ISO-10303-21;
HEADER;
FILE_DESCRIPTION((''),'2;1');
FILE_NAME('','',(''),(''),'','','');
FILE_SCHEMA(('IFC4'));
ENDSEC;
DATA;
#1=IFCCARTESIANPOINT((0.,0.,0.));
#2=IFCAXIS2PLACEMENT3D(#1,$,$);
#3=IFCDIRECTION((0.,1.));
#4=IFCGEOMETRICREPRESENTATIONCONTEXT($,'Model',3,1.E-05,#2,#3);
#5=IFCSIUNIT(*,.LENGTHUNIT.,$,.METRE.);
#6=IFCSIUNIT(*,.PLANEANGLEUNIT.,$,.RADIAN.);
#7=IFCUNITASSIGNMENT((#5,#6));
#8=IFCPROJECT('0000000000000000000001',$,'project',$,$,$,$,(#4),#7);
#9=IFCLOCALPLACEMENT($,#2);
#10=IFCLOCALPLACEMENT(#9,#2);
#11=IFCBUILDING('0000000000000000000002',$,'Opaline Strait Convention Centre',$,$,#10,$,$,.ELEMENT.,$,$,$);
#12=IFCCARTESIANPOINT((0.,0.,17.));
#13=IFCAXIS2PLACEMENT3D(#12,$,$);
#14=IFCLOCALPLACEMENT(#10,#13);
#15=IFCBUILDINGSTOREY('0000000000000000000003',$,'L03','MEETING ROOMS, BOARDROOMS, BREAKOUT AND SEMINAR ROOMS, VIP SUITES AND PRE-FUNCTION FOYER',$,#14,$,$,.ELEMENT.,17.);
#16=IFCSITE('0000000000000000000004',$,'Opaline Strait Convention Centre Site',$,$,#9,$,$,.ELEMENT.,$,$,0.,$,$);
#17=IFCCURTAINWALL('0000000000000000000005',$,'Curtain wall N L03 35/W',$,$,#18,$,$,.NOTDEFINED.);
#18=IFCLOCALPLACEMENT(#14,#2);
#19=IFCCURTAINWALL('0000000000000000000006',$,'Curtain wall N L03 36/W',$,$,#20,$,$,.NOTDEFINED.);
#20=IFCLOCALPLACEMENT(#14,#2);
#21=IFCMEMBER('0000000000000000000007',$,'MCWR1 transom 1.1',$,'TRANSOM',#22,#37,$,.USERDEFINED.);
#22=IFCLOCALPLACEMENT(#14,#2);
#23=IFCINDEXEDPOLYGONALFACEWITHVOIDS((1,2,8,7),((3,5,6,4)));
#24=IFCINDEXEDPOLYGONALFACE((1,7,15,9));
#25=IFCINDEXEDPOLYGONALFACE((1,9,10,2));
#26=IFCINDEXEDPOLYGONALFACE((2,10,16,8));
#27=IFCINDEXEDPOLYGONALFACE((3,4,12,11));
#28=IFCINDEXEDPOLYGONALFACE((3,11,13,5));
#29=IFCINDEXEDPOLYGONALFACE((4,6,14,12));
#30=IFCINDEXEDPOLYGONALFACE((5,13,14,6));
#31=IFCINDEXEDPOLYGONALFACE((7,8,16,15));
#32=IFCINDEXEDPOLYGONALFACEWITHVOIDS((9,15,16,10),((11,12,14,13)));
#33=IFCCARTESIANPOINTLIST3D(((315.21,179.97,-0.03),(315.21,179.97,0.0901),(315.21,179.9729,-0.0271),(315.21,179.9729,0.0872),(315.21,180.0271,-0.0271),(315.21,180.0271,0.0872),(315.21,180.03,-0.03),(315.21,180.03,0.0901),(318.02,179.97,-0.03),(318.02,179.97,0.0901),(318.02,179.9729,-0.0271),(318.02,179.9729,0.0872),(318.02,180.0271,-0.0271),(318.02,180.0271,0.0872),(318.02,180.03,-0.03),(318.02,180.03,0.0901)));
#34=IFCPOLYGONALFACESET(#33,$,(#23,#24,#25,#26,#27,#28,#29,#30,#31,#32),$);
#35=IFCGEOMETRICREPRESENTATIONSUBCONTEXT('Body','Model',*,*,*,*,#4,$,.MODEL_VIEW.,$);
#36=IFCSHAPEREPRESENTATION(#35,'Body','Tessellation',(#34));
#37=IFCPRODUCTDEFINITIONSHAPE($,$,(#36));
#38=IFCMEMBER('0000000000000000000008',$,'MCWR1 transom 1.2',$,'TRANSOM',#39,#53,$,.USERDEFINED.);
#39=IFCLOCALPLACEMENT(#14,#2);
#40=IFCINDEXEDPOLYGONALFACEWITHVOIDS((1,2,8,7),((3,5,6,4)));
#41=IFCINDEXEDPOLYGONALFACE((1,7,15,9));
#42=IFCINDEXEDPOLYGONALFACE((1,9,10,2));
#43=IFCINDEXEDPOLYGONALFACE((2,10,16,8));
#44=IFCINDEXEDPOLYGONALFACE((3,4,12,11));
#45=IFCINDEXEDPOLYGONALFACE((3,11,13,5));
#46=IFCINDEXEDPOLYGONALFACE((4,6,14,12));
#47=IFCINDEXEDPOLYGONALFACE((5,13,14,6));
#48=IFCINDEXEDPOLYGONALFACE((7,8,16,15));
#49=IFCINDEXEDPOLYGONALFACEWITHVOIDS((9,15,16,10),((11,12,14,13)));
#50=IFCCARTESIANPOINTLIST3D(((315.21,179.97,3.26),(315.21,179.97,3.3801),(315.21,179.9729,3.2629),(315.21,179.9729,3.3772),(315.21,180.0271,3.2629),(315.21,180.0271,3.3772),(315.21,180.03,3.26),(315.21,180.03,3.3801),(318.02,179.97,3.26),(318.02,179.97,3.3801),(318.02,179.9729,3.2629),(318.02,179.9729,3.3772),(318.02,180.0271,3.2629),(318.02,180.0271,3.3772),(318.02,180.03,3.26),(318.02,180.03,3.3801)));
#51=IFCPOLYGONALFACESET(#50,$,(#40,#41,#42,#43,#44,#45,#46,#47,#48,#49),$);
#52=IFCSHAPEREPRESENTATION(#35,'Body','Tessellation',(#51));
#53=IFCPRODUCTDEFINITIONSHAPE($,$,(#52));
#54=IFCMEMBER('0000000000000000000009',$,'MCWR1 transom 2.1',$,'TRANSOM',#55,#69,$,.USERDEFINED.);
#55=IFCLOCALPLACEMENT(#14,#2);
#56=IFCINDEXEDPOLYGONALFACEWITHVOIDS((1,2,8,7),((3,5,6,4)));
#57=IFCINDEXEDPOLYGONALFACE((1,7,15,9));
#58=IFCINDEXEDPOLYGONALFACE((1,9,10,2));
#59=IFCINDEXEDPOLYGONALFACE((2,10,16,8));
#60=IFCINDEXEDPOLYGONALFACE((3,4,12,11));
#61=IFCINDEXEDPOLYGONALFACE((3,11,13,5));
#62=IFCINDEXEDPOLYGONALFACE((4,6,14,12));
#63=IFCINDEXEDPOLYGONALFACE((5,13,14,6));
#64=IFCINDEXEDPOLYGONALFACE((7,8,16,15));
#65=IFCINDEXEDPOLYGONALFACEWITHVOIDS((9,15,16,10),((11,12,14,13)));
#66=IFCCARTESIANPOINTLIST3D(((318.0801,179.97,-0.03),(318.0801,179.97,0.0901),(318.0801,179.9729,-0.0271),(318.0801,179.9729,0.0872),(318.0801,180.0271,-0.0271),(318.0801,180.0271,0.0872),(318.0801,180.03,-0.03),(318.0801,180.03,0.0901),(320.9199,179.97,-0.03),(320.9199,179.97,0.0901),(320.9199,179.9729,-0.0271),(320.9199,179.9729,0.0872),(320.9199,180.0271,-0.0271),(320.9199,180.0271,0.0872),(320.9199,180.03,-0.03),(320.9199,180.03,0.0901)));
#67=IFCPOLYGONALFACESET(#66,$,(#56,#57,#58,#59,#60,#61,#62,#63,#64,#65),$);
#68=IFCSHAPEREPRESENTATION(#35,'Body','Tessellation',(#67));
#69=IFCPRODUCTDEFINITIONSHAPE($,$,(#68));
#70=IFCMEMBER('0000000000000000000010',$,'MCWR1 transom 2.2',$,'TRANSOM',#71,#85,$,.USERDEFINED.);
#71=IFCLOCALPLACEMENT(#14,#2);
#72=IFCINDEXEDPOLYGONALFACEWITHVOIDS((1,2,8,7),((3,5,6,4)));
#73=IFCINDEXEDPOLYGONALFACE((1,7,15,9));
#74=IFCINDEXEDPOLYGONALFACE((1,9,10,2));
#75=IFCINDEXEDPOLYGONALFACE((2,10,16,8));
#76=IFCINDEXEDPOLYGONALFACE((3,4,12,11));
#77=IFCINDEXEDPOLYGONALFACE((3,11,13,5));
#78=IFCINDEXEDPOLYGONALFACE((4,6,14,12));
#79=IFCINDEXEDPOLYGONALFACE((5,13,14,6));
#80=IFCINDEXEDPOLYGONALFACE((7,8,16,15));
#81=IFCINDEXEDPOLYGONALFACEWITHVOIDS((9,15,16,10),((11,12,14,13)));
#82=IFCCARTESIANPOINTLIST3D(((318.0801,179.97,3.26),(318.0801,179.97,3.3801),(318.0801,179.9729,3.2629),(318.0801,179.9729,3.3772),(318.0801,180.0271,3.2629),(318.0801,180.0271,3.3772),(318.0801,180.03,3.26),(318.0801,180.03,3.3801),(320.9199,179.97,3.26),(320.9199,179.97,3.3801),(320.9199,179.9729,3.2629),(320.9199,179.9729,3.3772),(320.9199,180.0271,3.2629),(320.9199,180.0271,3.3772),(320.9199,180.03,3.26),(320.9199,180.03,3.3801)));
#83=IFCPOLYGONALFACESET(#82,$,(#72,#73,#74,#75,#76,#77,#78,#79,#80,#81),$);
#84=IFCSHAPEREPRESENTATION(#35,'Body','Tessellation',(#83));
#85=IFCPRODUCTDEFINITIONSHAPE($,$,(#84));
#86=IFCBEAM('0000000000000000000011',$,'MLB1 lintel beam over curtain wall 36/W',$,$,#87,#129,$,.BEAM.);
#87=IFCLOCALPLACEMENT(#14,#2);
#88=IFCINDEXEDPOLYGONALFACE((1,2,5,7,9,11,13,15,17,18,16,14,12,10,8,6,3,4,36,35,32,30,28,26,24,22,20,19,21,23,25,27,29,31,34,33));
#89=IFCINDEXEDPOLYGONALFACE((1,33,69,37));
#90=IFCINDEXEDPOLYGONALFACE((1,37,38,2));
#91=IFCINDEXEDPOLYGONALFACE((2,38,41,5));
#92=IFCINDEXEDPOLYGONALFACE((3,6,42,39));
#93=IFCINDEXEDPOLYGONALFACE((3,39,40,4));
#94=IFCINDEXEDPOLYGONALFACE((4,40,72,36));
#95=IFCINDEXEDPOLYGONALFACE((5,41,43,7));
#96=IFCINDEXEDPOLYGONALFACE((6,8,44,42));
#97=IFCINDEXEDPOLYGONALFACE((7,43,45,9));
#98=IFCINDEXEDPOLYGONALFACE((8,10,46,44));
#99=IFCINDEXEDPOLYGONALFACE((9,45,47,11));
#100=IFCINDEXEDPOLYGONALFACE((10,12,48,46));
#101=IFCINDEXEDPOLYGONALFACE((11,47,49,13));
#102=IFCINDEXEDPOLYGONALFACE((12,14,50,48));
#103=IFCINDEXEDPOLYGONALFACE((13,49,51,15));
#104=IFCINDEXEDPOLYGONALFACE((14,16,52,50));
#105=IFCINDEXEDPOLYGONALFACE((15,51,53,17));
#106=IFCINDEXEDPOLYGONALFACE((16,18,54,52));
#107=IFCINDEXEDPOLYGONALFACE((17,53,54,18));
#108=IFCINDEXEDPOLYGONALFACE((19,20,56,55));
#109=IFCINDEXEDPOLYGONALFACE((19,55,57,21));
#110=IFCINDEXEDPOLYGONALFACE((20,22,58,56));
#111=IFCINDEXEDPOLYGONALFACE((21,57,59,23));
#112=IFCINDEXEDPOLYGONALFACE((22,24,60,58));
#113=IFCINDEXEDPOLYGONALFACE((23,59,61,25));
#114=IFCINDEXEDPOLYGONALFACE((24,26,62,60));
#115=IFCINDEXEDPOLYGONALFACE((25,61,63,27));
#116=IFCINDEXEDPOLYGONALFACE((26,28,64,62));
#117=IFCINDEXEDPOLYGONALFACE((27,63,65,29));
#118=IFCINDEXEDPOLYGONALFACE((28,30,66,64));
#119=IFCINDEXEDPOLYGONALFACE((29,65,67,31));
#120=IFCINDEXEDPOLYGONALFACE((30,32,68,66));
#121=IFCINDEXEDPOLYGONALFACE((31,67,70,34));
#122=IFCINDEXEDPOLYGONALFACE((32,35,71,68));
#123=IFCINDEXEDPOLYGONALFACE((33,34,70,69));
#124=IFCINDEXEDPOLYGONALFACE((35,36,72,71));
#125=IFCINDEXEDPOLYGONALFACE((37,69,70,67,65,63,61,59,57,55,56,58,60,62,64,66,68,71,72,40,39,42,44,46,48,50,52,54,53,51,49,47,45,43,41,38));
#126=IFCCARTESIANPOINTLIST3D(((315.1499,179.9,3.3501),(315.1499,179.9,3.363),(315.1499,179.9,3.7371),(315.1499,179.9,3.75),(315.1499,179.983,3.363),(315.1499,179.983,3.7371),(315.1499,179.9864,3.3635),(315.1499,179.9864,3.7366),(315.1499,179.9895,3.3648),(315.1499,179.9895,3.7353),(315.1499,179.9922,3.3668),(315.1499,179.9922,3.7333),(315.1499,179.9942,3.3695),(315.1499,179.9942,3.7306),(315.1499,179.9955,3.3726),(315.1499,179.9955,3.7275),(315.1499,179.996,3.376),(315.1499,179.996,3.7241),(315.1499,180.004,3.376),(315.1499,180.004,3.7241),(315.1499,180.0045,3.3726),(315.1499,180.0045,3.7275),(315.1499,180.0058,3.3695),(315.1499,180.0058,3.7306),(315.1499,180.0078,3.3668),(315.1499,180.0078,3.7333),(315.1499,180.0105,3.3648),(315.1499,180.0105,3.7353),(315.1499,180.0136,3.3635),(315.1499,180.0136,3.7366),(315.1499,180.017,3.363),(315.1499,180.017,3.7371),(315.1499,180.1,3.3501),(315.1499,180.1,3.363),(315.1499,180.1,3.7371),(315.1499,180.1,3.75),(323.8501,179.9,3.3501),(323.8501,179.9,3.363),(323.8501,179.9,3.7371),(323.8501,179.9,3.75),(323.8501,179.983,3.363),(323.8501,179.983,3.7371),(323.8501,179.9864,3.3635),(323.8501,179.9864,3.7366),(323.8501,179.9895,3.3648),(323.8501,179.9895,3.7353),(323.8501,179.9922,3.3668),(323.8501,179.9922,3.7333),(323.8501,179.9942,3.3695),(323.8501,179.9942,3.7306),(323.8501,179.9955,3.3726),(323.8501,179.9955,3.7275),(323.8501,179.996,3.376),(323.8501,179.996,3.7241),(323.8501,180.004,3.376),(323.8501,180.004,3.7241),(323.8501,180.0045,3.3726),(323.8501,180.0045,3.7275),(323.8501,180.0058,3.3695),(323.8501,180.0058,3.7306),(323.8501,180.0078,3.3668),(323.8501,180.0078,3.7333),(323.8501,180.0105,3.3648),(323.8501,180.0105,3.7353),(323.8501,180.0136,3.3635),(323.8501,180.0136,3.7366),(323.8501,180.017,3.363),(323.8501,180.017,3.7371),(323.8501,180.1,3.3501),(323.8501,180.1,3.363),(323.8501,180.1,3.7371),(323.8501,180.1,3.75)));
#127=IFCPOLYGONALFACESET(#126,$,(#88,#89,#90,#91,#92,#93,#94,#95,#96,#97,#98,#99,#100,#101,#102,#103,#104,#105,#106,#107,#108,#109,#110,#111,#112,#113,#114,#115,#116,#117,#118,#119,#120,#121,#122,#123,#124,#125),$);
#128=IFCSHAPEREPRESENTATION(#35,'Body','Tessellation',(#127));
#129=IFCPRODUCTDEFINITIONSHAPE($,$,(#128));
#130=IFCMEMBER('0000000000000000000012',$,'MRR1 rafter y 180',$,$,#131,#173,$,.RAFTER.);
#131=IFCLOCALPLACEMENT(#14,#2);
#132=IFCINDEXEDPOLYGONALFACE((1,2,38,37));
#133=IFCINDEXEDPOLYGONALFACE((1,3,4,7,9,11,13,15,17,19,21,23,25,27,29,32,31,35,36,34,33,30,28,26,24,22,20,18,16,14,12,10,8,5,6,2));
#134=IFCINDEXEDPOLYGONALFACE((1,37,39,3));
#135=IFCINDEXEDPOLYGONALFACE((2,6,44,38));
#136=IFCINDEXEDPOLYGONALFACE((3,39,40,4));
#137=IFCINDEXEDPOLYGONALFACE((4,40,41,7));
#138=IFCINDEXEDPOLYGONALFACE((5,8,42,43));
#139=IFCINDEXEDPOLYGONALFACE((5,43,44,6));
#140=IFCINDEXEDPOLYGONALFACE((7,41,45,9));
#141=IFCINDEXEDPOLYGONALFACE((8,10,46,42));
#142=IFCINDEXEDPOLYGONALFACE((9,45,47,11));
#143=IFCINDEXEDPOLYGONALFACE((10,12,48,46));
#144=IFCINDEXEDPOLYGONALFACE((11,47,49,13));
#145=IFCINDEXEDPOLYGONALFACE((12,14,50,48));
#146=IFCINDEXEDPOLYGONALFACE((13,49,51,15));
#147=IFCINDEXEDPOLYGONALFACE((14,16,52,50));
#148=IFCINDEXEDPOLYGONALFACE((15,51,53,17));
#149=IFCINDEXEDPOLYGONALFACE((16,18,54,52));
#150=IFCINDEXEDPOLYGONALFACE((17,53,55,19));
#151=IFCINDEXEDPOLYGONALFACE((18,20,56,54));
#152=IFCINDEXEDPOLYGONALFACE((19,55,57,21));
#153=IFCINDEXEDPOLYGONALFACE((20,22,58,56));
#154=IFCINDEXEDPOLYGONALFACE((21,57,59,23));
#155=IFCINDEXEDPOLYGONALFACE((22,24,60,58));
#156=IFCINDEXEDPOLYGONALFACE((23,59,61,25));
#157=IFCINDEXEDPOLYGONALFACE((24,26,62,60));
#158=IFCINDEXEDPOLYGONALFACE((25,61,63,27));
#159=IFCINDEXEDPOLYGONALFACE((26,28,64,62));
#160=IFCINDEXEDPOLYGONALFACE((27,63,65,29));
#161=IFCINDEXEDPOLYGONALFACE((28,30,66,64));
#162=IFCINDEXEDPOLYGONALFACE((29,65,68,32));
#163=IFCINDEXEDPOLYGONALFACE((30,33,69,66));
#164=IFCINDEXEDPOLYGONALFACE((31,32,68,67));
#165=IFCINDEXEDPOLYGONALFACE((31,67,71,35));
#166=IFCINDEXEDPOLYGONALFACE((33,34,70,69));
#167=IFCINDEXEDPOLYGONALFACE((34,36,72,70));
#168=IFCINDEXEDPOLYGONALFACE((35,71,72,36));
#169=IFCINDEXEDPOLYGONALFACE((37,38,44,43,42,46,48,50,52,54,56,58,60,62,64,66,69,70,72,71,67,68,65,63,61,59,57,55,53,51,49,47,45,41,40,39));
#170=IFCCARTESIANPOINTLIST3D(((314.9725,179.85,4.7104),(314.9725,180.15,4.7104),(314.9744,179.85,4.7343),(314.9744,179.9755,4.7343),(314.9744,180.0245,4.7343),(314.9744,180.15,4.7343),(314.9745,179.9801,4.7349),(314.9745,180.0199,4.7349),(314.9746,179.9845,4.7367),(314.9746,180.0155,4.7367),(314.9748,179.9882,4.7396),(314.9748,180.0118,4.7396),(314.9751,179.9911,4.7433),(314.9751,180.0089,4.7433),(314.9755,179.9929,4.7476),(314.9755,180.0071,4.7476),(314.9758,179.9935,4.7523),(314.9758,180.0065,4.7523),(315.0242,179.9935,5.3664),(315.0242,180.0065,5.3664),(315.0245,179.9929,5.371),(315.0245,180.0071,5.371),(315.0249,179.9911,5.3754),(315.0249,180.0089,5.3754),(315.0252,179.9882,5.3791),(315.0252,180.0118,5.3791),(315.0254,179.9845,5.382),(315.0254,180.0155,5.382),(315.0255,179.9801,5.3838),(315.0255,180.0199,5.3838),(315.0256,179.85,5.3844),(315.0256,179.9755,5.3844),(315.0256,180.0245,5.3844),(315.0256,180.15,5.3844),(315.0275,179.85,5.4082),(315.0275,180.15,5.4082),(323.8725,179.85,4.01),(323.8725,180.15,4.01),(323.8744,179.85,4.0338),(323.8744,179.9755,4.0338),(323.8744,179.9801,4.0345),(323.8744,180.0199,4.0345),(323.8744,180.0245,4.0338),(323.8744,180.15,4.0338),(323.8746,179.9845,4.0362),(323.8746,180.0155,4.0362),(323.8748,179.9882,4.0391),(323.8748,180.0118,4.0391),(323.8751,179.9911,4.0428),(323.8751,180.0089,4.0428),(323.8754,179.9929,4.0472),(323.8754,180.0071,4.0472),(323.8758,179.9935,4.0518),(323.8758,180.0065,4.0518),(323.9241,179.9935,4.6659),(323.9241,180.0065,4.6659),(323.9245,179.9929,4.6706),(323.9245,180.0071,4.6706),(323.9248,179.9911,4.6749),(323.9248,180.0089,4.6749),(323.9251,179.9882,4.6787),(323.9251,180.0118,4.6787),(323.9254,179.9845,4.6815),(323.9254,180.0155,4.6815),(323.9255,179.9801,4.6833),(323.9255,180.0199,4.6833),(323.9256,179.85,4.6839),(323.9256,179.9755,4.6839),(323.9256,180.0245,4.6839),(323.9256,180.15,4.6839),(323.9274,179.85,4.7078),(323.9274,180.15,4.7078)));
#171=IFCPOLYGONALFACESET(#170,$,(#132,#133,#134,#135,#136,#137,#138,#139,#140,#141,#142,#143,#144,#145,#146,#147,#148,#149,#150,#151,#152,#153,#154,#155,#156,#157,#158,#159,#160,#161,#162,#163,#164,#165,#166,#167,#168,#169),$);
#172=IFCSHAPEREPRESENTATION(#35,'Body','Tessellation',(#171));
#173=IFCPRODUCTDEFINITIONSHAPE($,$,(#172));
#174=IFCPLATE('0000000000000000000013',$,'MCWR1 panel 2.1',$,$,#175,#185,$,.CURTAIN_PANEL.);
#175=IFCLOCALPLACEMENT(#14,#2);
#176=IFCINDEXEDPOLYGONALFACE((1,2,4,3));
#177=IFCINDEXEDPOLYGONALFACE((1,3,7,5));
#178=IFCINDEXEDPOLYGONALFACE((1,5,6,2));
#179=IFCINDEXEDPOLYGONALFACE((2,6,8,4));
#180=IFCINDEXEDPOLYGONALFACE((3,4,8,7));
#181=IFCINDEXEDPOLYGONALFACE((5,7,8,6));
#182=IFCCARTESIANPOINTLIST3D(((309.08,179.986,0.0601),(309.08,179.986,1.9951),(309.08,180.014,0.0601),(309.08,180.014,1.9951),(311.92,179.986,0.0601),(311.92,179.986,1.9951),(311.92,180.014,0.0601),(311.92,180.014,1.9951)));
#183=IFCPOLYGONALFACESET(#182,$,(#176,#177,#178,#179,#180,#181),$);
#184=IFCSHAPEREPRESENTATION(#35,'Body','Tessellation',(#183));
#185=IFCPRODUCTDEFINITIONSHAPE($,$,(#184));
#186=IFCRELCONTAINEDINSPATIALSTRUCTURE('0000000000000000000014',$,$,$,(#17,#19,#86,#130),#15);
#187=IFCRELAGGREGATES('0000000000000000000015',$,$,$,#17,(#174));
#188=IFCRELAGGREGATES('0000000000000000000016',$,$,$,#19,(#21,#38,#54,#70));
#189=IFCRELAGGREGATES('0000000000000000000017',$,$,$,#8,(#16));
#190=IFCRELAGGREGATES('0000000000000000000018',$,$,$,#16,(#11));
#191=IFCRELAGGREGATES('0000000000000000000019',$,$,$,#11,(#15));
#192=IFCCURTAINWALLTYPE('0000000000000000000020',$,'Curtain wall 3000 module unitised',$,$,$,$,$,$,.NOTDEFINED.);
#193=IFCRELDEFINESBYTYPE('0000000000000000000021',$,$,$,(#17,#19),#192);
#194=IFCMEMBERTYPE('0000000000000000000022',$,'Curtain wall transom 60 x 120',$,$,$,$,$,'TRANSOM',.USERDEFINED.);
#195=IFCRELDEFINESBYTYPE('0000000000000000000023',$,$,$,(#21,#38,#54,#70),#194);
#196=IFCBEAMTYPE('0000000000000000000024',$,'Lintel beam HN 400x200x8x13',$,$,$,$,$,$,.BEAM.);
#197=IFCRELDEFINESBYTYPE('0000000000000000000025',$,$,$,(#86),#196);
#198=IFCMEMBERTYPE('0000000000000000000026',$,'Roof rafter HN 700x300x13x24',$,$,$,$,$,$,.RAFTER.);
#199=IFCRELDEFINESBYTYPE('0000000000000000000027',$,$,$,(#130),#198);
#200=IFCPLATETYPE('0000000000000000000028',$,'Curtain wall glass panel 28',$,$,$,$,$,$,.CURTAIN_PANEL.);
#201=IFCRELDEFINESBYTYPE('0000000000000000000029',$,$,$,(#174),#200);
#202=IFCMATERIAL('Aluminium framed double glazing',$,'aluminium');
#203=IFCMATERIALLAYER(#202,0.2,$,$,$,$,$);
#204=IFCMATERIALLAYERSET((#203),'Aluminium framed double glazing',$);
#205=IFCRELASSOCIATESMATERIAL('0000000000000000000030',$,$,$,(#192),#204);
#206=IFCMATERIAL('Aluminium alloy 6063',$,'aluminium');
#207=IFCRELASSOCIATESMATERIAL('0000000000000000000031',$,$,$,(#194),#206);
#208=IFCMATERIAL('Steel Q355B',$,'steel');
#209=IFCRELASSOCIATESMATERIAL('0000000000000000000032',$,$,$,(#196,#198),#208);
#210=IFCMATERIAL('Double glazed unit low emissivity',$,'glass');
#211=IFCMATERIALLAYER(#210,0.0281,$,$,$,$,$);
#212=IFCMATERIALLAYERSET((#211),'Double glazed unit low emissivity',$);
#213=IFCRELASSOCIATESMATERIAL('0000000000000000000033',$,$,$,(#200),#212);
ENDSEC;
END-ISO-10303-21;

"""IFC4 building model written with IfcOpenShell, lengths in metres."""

from ifc_helpers import new_model, si_unit, direction, frame, origin, origin_2d, place, context, subcontext, project, spatial, rectangle, hollow_rectangle, i_section, extrude, material, layer, layer_set, material_profile, profile_set, type_object, element, aggregate, save


model = new_model("IFC4")

# Units and contexts
model_context = context("Model", 3, precision=1e-05, world=origin(), true_north=direction((0.0, 1.0)))
body_context = subcontext(model_context, "Body", "Model", "MODEL_VIEW")
ifc_project = project(units=[si_unit("LENGTHUNIT", "METRE"), si_unit("PLANEANGLEUNIT", "RADIAN")], contexts=[model_context])

# Site, building, storey
site_placement = place(None, origin())
site = spatial("IfcSite", under=ifc_project, at=site_placement, Name="Opaline Strait Convention Centre Site", CompositionType="ELEMENT", RefElevation=0.0)
building_placement = place(site_placement, origin())
building = spatial("IfcBuilding", under=site, at=building_placement, Name="Opaline Strait Convention Centre", CompositionType="ELEMENT")
storey_placement = place(building_placement, frame((0.0, 0.0, 17.0)))
storey = spatial("IfcBuildingStorey", under=building, at=storey_placement, Name="L03", Description="MEETING ROOMS, BOARDROOMS, BREAKOUT AND SEMINAR ROOMS, VIP SUITES AND PRE-FUNCTION FOYER", CompositionType="ELEMENT", Elevation=17.0)

# Shared definitions
ifc_material_1 = material(Name="Steel Q355B", Category="steel")

# Curtain walls
ifc_material_2 = material(Name="Aluminium framed double glazing", Category="aluminium")
ifc_layer_1 = layer(ifc_material_2, 0.2)
ifc_layer_set_1 = layer_set([ifc_layer_1], Name="Aluminium framed double glazing")
curtain_wall_type = type_object("IfcCurtainWallType", Name="Curtain wall 3000 module unitised", PredefinedType="NOTDEFINED", material=ifc_layer_set_1)
curtain_wall_1_placement = place(storey_placement, origin())
curtain_wall_1 = element("IfcCurtainWall", 1, at=curtain_wall_1_placement, inside=storey, type_object=curtain_wall_type, Name="Curtain wall N L03 35/W", PredefinedType="NOTDEFINED")
ifc_material_3 = material(Name="Aluminium alloy 6063", Category="aluminium")
curtain_wall_2_placement = place(storey_placement, origin())
curtain_wall_2 = element("IfcCurtainWall", 2, at=curtain_wall_2_placement, inside=storey, type_object=curtain_wall_type, Name="Curtain wall N L03 36/W", PredefinedType="NOTDEFINED")

# Members
ifc_material_profile_1 = material_profile(ifc_material_3, hollow_rectangle(XDim=0.0601, YDim=0.1201, WallThickness=0.0029, at=origin_2d()), Name="TRANSOM 60x120x3")
ifc_profile_set_1 = profile_set([ifc_material_profile_1], Name="Aluminium alloy 6063")
member_type_1 = type_object("IfcMemberType", Name="Curtain wall transom 60 x 120", ElementType="TRANSOM", PredefinedType="USERDEFINED", material=ifc_profile_set_1)
member_1_placement = place(storey_placement, frame((315.21, 180.0, 0.03), z_axis=(1.0, 0.0, 0.0), x_axis=(0.0, 1.0, 0.0)))
member_1 = element("IfcMember", 3, at=member_1_placement, type_object=member_type_1, Name="MCWR1 transom 1.1", ObjectType="TRANSOM", PredefinedType="USERDEFINED", context=body_context, shape_type="SweptSolid", body=[
    extrude(hollow_rectangle(XDim=0.0601, YDim=0.1201, WallThickness=0.0029, at=origin_2d()), origin(), (0.0, 0.0, 1.0), 2.8101),
])
member_2_placement = place(storey_placement, frame((315.21, 180.0, 3.3201), z_axis=(1.0, 0.0, 0.0), x_axis=(0.0, 1.0, 0.0)))
member_2 = element("IfcMember", 4, at=member_2_placement, type_object=member_type_1, Name="MCWR1 transom 1.2", ObjectType="TRANSOM", PredefinedType="USERDEFINED", context=body_context, shape_type="SweptSolid", body=[
    extrude(hollow_rectangle(XDim=0.0601, YDim=0.1201, WallThickness=0.0029, at=origin_2d()), origin(), (0.0, 0.0, 1.0), 2.8101),
])
member_3_placement = place(storey_placement, frame((318.0801, 180.0, 0.03), z_axis=(1.0, 0.0, 0.0), x_axis=(0.0, 1.0, 0.0)))
member_3 = element("IfcMember", 5, at=member_3_placement, type_object=member_type_1, Name="MCWR1 transom 2.1", ObjectType="TRANSOM", PredefinedType="USERDEFINED", context=body_context, shape_type="SweptSolid", body=[
    extrude(hollow_rectangle(XDim=0.0601, YDim=0.1201, WallThickness=0.0029, at=origin_2d()), origin(), (0.0, 0.0, 1.0), 2.8398),
])
member_4_placement = place(storey_placement, frame((318.0801, 180.0, 3.3201), z_axis=(1.0, 0.0, 0.0), x_axis=(0.0, 1.0, 0.0)))
member_4 = element("IfcMember", 6, at=member_4_placement, type_object=member_type_1, Name="MCWR1 transom 2.2", ObjectType="TRANSOM", PredefinedType="USERDEFINED", context=body_context, shape_type="SweptSolid", body=[
    extrude(hollow_rectangle(XDim=0.0601, YDim=0.1201, WallThickness=0.0029, at=origin_2d()), origin(), (0.0, 0.0, 1.0), 2.8398),
])

# Beam
ifc_material_profile_2 = material_profile(ifc_material_1, i_section(OverallWidth=0.2, OverallDepth=0.3999, WebThickness=0.0081, FlangeThickness=0.0129, FilletRadius=0.0129, at=origin_2d()), Name="HN 400x200x8x13")
ifc_profile_set_2 = profile_set([ifc_material_profile_2], Name="Steel Q355B")
beam_type = type_object("IfcBeamType", Name="Lintel beam HN 400x200x8x13", PredefinedType="BEAM", material=ifc_profile_set_2)
beam_placement = place(storey_placement, frame((315.1499, 180.0, 3.55), z_axis=(1.0, 0.0, 0.0), x_axis=(0.0, 1.0, 0.0)))
element("IfcBeam", 7, at=beam_placement, inside=storey, type_object=beam_type, Name="MLB1 lintel beam over curtain wall 36/W", PredefinedType="BEAM", context=body_context, shape_type="SweptSolid", body=[
    extrude(i_section(OverallWidth=0.2, OverallDepth=0.3999, WebThickness=0.0081, FlangeThickness=0.0129, FilletRadius=0.0129, at=origin_2d()), origin(), (0.0, 0.0, 1.0), 8.7002),
])

# Member
ifc_material_profile_3 = material_profile(ifc_material_1, i_section(OverallWidth=0.3, OverallDepth=0.7, WebThickness=0.0129, FlangeThickness=0.0239, FilletRadius=0.0181, at=origin_2d()), Name="HN 700x300x13x24")
ifc_profile_set_3 = profile_set([ifc_material_profile_3], Name="Steel Q355B")
member_type_2 = type_object("IfcMemberType", Name="Roof rafter HN 700x300x13x24", PredefinedType="RAFTER", material=ifc_profile_set_3)
member_5_placement = place(storey_placement, frame((315.0, 180.0, 5.0593), z_axis=(0.996917, 0.0, -0.078459), x_axis=(0.0, 1.0, 0.0)))
element("IfcMember", 8, at=member_5_placement, inside=storey, type_object=member_type_2, Name="MRR1 rafter y 180", PredefinedType="RAFTER", context=body_context, shape_type="SweptSolid", body=[
    extrude(i_section(OverallWidth=0.3, OverallDepth=0.7, WebThickness=0.0129, FlangeThickness=0.0239, FilletRadius=0.0181, at=origin_2d()), origin(), (0.0, 0.0, 1.0), 8.9275),
])

# Plate
ifc_material_4 = material(Name="Double glazed unit low emissivity", Category="glass")
ifc_layer_2 = layer(ifc_material_4, 0.0281)
ifc_layer_set_2 = layer_set([ifc_layer_2], Name="Double glazed unit low emissivity")
plate_type = type_object("IfcPlateType", Name="Curtain wall glass panel 28", PredefinedType="CURTAIN_PANEL", material=ifc_layer_set_2)
plate_1_placement = place(storey_placement, frame((310.5, 180.0, 0.0601), z_axis=(0.0, 0.0, 1.0), x_axis=(1.0, 0.0, 0.0)))
plate_1 = element("IfcPlate", 9, at=plate_1_placement, type_object=plate_type, Name="MCWR1 panel 2.1", PredefinedType="CURTAIN_PANEL", context=body_context, shape_type="SweptSolid", body=[
    extrude(rectangle(XDim=2.8401, YDim=0.0281, at=origin_2d()), origin(), (0.0, 0.0, 1.0), 1.9351),
])
aggregate(curtain_wall_1, [plate_1])
aggregate(curtain_wall_2, [member_1, member_2, member_3, member_4])

save(model, "model.ifc")
